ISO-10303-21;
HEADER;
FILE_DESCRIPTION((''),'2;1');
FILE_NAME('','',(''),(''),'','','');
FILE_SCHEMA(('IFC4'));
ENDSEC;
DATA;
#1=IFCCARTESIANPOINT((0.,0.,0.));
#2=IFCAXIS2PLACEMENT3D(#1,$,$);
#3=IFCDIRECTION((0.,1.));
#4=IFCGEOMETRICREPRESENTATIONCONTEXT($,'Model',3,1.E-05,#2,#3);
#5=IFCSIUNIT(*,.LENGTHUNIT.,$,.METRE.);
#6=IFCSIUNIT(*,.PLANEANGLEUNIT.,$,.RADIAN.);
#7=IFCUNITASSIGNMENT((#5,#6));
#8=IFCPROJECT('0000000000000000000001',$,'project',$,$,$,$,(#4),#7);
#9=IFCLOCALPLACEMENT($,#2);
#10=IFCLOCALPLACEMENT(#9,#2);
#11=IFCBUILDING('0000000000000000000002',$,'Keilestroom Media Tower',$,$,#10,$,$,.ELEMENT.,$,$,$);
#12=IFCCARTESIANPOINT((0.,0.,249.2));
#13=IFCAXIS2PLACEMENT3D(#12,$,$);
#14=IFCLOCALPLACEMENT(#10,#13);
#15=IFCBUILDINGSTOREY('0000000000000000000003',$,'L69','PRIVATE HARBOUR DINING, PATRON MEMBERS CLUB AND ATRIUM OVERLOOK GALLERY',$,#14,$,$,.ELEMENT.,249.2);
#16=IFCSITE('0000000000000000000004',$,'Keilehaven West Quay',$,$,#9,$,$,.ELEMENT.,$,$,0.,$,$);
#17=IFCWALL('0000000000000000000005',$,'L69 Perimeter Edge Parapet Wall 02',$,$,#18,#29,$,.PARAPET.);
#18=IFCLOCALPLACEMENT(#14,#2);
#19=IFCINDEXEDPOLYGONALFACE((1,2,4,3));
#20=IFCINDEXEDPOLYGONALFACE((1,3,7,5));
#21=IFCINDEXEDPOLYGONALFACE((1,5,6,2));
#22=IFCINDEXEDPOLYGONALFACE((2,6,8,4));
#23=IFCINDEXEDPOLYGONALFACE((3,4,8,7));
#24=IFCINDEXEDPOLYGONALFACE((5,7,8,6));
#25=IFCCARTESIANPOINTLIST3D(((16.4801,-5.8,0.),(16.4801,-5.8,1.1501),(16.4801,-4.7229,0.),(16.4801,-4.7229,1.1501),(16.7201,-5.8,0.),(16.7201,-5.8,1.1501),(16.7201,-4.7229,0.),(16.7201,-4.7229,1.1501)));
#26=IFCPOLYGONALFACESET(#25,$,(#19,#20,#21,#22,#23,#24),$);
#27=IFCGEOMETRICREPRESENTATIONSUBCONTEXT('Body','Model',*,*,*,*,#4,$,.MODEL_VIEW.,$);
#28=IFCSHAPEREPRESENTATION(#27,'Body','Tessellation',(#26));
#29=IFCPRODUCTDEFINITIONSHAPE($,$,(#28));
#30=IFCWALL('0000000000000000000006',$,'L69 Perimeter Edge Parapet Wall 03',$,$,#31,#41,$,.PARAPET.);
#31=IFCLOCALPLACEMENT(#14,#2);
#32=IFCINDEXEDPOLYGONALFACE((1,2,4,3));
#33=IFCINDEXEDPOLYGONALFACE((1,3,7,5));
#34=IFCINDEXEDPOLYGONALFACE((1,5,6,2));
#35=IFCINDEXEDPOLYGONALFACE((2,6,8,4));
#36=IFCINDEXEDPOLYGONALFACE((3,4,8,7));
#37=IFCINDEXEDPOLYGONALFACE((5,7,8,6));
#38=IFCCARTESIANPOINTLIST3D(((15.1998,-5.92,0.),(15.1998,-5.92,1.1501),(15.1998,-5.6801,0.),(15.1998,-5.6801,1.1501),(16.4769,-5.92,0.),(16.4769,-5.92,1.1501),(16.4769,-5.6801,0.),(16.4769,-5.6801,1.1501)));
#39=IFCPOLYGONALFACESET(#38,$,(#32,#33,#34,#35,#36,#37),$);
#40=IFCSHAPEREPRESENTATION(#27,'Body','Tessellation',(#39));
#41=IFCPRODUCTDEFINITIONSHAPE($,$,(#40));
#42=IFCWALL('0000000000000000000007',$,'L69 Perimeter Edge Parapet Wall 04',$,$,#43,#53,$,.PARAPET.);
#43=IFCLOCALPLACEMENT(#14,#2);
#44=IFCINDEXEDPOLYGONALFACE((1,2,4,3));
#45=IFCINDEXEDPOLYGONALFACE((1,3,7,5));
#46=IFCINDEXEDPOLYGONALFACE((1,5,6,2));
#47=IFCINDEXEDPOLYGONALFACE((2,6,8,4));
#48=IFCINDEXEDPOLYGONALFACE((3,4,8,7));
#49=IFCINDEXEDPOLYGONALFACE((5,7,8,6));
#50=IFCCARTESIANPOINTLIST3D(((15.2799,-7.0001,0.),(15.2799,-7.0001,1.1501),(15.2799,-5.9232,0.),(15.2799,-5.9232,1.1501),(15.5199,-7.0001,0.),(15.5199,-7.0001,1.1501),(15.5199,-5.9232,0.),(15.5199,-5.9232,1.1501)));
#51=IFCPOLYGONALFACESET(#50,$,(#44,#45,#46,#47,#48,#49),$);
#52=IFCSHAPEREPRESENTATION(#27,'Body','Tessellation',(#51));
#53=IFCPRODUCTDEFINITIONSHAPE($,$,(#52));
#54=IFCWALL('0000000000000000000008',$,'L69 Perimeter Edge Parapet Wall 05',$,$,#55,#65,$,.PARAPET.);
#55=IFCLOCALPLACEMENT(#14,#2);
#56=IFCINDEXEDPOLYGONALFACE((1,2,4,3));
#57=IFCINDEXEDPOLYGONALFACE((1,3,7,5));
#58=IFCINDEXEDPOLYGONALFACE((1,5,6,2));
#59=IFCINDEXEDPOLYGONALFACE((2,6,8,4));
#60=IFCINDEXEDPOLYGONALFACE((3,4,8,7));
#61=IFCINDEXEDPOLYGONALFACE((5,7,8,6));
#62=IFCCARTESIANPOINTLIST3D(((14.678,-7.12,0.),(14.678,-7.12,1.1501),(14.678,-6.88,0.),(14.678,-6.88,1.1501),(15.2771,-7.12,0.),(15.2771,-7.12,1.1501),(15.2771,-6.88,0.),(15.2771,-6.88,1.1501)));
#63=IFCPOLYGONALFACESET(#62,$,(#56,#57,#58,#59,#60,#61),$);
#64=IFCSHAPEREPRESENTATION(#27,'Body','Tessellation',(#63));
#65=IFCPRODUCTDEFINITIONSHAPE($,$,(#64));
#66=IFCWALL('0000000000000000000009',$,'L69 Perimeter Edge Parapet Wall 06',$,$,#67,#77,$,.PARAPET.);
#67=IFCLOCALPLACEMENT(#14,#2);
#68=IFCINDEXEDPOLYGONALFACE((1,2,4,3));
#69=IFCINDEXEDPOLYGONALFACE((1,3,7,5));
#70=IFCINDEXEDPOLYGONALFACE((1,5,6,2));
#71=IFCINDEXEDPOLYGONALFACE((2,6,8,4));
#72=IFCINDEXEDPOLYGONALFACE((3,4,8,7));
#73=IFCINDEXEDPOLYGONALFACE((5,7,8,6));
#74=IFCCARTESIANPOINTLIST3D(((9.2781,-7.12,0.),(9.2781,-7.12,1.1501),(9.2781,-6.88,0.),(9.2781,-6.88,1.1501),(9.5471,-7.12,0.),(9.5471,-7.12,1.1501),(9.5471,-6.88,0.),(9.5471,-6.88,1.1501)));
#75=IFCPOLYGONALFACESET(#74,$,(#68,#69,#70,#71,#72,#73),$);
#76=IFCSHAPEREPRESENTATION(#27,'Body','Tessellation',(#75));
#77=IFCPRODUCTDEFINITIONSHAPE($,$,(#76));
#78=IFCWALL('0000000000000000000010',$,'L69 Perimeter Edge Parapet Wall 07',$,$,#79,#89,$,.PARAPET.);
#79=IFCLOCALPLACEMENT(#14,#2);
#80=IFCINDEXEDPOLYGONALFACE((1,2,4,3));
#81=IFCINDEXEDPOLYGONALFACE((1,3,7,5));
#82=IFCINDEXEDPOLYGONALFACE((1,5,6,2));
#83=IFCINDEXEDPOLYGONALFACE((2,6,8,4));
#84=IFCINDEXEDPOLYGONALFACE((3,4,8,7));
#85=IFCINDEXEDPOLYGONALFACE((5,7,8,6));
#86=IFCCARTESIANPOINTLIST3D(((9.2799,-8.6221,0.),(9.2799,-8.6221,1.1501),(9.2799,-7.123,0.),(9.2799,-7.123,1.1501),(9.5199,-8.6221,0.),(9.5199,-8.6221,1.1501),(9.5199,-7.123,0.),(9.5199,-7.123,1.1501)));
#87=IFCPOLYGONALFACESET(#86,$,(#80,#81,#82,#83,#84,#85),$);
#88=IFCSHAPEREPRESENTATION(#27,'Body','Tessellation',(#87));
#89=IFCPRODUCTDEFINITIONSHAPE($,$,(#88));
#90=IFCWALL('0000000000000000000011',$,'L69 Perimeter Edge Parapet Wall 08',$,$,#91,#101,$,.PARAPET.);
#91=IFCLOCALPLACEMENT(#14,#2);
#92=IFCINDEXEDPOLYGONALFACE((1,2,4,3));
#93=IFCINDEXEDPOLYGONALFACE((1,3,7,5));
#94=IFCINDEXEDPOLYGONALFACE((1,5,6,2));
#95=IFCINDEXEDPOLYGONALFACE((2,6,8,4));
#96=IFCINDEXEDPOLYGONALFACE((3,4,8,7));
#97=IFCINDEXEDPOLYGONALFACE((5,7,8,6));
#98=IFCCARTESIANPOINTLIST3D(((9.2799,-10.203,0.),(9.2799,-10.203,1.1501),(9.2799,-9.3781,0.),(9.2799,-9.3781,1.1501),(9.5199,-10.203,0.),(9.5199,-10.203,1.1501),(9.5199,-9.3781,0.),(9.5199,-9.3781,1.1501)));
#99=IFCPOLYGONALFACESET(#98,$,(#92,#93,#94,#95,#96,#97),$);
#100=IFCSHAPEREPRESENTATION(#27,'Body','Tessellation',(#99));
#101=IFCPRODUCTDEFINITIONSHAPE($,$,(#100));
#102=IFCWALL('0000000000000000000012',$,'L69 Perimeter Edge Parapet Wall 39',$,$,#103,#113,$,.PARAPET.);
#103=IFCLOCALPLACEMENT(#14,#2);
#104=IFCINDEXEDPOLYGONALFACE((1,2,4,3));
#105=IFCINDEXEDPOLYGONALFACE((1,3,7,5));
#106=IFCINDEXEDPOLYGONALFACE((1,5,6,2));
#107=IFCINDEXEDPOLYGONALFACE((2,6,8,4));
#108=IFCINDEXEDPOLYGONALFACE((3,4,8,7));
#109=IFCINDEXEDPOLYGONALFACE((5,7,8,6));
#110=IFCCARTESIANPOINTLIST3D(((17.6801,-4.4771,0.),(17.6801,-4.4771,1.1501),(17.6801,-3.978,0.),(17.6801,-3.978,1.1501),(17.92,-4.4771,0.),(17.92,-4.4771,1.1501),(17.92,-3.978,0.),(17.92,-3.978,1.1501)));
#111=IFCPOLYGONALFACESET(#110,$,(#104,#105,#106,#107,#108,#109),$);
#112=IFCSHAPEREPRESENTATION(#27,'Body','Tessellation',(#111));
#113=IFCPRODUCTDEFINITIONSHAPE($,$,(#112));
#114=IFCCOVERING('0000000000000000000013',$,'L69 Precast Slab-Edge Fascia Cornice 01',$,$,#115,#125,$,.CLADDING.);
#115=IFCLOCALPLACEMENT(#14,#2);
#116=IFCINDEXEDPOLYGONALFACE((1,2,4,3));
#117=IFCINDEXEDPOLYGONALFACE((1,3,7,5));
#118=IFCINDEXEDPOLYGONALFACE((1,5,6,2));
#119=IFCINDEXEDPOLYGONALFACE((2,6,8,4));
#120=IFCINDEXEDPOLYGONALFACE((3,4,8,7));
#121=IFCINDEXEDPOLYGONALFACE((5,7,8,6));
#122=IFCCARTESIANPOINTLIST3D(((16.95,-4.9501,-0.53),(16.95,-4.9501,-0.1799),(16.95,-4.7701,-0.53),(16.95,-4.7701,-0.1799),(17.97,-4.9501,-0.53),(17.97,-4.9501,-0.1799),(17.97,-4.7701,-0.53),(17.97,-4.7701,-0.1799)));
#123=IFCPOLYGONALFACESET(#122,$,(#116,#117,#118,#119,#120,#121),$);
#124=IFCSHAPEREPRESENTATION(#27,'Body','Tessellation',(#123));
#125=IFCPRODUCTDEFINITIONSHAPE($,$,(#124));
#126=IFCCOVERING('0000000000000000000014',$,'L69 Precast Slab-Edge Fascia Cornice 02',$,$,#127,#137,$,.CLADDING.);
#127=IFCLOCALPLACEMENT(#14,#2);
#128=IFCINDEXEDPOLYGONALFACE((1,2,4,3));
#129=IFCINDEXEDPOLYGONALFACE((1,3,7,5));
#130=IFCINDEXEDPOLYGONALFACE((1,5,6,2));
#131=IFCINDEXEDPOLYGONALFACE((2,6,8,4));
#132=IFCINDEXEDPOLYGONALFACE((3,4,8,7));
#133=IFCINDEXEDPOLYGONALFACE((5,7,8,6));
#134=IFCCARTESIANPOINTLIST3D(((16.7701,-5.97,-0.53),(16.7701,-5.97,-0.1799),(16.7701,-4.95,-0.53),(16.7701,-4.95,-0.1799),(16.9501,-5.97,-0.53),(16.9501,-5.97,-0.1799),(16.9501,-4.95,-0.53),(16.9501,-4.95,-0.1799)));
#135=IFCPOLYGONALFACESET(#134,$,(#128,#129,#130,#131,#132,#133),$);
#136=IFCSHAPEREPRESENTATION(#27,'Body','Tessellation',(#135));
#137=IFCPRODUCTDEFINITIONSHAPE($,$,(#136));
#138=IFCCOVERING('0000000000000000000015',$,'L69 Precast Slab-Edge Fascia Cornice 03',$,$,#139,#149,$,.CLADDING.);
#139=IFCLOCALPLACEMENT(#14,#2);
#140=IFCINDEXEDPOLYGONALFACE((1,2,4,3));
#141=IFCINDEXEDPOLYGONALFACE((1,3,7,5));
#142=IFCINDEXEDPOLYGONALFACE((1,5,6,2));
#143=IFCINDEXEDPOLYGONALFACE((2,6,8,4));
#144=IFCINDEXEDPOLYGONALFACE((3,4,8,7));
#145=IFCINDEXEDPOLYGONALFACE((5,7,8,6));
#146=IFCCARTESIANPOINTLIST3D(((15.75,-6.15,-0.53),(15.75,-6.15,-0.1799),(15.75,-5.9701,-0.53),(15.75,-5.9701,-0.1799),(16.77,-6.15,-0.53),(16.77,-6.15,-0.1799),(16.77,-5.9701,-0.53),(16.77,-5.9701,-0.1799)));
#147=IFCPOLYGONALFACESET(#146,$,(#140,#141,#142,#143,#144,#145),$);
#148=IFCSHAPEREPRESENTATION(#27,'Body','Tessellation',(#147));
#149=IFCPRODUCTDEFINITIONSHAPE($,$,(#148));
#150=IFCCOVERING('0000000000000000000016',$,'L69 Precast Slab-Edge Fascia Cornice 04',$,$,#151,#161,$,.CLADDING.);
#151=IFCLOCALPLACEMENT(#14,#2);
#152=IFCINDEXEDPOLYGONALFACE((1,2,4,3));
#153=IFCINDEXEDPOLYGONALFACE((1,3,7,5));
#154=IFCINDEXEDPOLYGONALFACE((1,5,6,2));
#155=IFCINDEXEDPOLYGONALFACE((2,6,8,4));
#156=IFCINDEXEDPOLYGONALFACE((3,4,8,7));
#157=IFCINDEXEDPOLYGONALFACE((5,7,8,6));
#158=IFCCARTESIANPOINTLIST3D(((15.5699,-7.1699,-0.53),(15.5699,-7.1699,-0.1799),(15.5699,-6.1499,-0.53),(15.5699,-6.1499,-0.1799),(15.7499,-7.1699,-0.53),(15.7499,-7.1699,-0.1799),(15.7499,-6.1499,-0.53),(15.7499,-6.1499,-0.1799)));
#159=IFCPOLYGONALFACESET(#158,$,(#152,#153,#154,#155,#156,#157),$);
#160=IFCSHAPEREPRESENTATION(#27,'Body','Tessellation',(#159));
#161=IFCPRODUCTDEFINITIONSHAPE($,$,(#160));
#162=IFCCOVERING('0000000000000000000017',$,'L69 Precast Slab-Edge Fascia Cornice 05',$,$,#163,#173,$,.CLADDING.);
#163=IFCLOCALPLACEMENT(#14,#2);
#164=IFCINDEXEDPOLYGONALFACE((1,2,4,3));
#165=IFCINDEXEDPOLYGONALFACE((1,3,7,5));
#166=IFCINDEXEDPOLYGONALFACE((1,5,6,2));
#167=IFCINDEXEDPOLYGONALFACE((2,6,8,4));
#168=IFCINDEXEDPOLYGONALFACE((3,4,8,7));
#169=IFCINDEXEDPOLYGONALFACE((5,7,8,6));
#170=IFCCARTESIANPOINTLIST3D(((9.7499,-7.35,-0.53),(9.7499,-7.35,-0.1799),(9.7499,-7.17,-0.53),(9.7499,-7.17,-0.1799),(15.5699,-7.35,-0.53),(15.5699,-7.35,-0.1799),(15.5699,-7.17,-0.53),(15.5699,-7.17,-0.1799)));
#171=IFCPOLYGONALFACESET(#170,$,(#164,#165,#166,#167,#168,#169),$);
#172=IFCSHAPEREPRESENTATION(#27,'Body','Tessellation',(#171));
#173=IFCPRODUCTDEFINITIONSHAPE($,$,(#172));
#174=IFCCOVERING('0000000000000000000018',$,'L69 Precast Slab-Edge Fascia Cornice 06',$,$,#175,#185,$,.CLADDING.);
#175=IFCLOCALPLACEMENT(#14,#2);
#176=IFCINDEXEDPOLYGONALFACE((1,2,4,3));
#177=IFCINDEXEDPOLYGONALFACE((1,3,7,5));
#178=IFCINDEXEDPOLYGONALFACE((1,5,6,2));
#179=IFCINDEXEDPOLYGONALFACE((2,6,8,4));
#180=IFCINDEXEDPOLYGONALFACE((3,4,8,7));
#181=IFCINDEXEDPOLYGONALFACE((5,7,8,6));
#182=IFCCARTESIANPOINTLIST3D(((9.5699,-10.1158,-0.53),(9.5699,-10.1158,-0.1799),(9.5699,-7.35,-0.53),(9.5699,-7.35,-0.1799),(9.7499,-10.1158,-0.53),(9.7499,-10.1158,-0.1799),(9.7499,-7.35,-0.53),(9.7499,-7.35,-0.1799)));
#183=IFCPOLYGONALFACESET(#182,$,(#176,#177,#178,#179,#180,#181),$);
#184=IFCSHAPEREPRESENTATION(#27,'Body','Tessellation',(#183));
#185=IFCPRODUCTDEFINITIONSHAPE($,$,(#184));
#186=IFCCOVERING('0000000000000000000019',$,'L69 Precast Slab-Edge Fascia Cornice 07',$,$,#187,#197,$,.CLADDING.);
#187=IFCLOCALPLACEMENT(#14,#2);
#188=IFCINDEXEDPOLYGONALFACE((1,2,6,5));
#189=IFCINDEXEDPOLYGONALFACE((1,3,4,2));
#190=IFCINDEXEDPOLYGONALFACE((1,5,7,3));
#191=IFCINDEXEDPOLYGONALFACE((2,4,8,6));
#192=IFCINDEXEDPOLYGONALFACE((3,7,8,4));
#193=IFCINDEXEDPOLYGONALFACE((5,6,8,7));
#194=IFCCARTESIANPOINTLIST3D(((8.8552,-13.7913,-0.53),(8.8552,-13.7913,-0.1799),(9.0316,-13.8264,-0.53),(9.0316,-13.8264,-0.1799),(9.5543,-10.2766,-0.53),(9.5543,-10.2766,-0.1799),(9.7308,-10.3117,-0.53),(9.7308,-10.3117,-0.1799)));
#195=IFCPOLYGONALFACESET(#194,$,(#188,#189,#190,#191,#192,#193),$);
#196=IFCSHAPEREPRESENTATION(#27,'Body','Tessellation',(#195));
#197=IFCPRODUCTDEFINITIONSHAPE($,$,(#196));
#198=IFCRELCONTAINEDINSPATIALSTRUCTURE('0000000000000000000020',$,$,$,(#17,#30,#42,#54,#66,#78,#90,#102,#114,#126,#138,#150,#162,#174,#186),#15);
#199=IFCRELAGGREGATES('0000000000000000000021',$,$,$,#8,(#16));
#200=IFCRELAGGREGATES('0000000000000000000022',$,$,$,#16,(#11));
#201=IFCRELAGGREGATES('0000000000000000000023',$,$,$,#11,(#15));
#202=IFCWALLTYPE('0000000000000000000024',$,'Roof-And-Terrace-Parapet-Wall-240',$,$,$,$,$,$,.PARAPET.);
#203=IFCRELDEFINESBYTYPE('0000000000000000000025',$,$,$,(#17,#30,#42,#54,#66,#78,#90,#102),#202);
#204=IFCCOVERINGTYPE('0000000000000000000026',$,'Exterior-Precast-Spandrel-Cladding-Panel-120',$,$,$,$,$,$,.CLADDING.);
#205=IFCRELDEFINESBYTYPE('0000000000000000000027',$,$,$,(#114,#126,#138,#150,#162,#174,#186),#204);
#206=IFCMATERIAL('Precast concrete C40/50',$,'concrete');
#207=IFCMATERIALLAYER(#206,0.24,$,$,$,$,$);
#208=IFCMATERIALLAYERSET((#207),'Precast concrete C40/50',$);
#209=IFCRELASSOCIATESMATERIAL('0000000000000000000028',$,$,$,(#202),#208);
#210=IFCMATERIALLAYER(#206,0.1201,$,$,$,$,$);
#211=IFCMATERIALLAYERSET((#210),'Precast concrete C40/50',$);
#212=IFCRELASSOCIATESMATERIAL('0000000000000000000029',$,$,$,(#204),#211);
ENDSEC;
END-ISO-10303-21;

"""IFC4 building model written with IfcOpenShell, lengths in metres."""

from ifc_helpers import new_model, si_unit, direction, frame, frame_2d, origin, origin_2d, place, context, subcontext, project, spatial, rectangle, extrude, source, transform, mapped, material, layer, layer_set, type_object, element, save


model = new_model("IFC4")

# Units and contexts
model_context = context("Model", 3, precision=1e-05, world=origin(), true_north=direction((0.0, 1.0)))
body_context = subcontext(model_context, "Body", "Model", "MODEL_VIEW")
ifc_project = project(units=[si_unit("LENGTHUNIT", "METRE"), si_unit("PLANEANGLEUNIT", "RADIAN")], contexts=[model_context])

# Site, building, storey
site_placement = place(None, origin())
site = spatial("IfcSite", under=ifc_project, at=site_placement, Name="Keilehaven West Quay", CompositionType="ELEMENT", RefElevation=0.0)
building_placement = place(site_placement, origin())
building = spatial("IfcBuilding", under=site, at=building_placement, Name="Keilestroom Media Tower", CompositionType="ELEMENT")
storey_placement = place(building_placement, frame((0.0, 0.0, 249.2)))
storey = spatial("IfcBuildingStorey", under=building, at=storey_placement, Name="L69", Description="PRIVATE HARBOUR DINING, PATRON MEMBERS CLUB AND ATRIUM OVERLOOK GALLERY", CompositionType="ELEMENT", Elevation=249.2)

# Shared definitions
ifc_material_1 = material(Name="Precast concrete C40/50", Category="concrete")

# Walls
ifc_layer_1 = layer(ifc_material_1, 0.24)
ifc_layer_set_1 = layer_set([ifc_layer_1], Name="Precast concrete C40/50")
wall_type_1 = type_object("IfcWallType", Name="Roof-And-Terrace-Parapet-Wall-240", PredefinedType="PARAPET", material=ifc_layer_set_1)
wall_1_placement = place(storey_placement, frame((16.6001, -4.7229, 0.0), z_axis=(0.0, 0.0, 1.0), x_axis=(0.0, -1.0, 0.0)))
element("IfcWall", 1, at=wall_1_placement, inside=storey, type_object=wall_type_1, Name="L69 Perimeter Edge Parapet Wall 02", PredefinedType="PARAPET", context=body_context, shape_type="SweptSolid", body=[
    extrude(rectangle(XDim=1.0771, YDim=0.24, at=frame_2d((0.5386, 0.0))), origin(), (0.0, 0.0, 1.0), 1.1501),
])
wall_2_placement = place(storey_placement, frame((16.4771, -5.8, 0.0), z_axis=(0.0, 0.0, 1.0), x_axis=(-1.0, 0.0, 0.0)))
element("IfcWall", 2, at=wall_2_placement, inside=storey, type_object=wall_type_1, Name="L69 Perimeter Edge Parapet Wall 03", PredefinedType="PARAPET", context=body_context, shape_type="SweptSolid", body=[
    extrude(rectangle(XDim=1.2771, YDim=0.24, at=frame_2d((0.6387, 0.0))), origin(), (0.0, 0.0, 1.0), 1.1501),
])
wall_3_placement = place(storey_placement, frame((15.3999, -5.9231, 0.0), z_axis=(0.0, 0.0, 1.0), x_axis=(0.0, -1.0, 0.0)))
element("IfcWall", 3, at=wall_3_placement, inside=storey, type_object=wall_type_1, Name="L69 Perimeter Edge Parapet Wall 04", PredefinedType="PARAPET", context=body_context, shape_type="SweptSolid", body=[
    extrude(rectangle(XDim=1.0769, YDim=0.24, at=frame_2d((0.5386, 0.0))), origin(), (0.0, 0.0, 1.0), 1.1501),
])
wall_4_placement = place(storey_placement, frame((15.2771, -7.0, 0.0), z_axis=(0.0, 0.0, 1.0), x_axis=(-1.0, 0.0, 0.0)))
element("IfcWall", 4, at=wall_4_placement, inside=storey, type_object=wall_type_1, Name="L69 Perimeter Edge Parapet Wall 05", PredefinedType="PARAPET", context=body_context, shape_type="SweptSolid", body=[
    extrude(rectangle(XDim=0.5991, YDim=0.24, at=frame_2d((0.2996, 0.0))), origin(), (0.0, 0.0, 1.0), 1.1501),
])
wall_5_placement = place(storey_placement, frame((9.5471, -7.0, 0.0), z_axis=(0.0, 0.0, 1.0), x_axis=(-1.0, 0.0, 0.0)))
element("IfcWall", 5, at=wall_5_placement, inside=storey, type_object=wall_type_1, Name="L69 Perimeter Edge Parapet Wall 06", PredefinedType="PARAPET", context=body_context, shape_type="SweptSolid", body=[
    extrude(rectangle(XDim=0.269, YDim=0.24, at=frame_2d((0.1345, 0.0))), origin(), (0.0, 0.0, 1.0), 1.1501),
])
wall_6_placement = place(storey_placement, frame((9.3999, -7.123, 0.0), z_axis=(0.0, 0.0, 1.0), x_axis=(0.0, -1.0, 0.0)))
element("IfcWall", 6, at=wall_6_placement, inside=storey, type_object=wall_type_1, Name="L69 Perimeter Edge Parapet Wall 07", PredefinedType="PARAPET", context=body_context, shape_type="SweptSolid", body=[
    extrude(rectangle(XDim=1.499, YDim=0.24, at=frame_2d((0.7495, 0.0))), origin(), (0.0, 0.0, 1.0), 1.1501),
])
wall_7_placement = place(storey_placement, frame((9.3999, -9.3779, 0.0), z_axis=(0.0, 0.0, 1.0), x_axis=(0.0, -1.0, 0.0)))
element("IfcWall", 7, at=wall_7_placement, inside=storey, type_object=wall_type_1, Name="L69 Perimeter Edge Parapet Wall 08", PredefinedType="PARAPET", context=body_context, shape_type="SweptSolid", body=[
    extrude(rectangle(XDim=0.825, YDim=0.24, at=frame_2d((0.4126, 0.0))), origin(), (0.0, 0.0, 1.0), 1.1501),
])
wall_8_placement = place(storey_placement, frame((17.8, -3.978, 0.0), z_axis=(0.0, 0.0, 1.0), x_axis=(0.0, -1.0, 0.0)))
element("IfcWall", 8, at=wall_8_placement, inside=storey, type_object=wall_type_1, Name="L69 Perimeter Edge Parapet Wall 39", PredefinedType="PARAPET", context=body_context, shape_type="SweptSolid", body=[
    extrude(rectangle(XDim=0.499, YDim=0.24, at=frame_2d((0.2495, 0.0))), origin(), (0.0, 0.0, 1.0), 1.1501),
])

# Coverings
ifc_layer_2 = layer(ifc_material_1, 0.1201)
ifc_layer_set_2 = layer_set([ifc_layer_2], Name="Precast concrete C40/50")
covering_type = type_object("IfcCoveringType", Name="Exterior-Precast-Spandrel-Cladding-Panel-120", PredefinedType="CLADDING", material=ifc_layer_set_2)
shared_shape_1 = source(origin(), body_context, "Body", "SweptSolid", [
    extrude(rectangle(XDim=1.02, YDim=0.1799, at=origin_2d()), origin(), (0.0, 0.0, 1.0), 0.3501),
])
for number, where, z_axis, x_axis, name in (
    (9, (17.46, -4.8601, -0.53), (0.0, 0.0, 1.0), (-1.0, 0.0, 0.0), "L69 Precast Slab-Edge Fascia Cornice 01"),
    (10, (16.8601, -5.46, -0.53), (0.0, 0.0, 1.0), (0.0, -1.0, 0.0), "L69 Precast Slab-Edge Fascia Cornice 02"),
    (11, (16.26, -6.0601, -0.53), (0.0, 0.0, 1.0), (-1.0, 0.0, 0.0), "L69 Precast Slab-Edge Fascia Cornice 03"),
    (12, (15.6599, -6.6599, -0.53), (0.0, 0.0, 1.0), (0.0, -1.0, 0.0), "L69 Precast Slab-Edge Fascia Cornice 04"),
):
    element("IfcCovering", number, at=place(storey_placement, frame(where, z_axis=z_axis, x_axis=x_axis)), inside=storey, type_object=covering_type, Name=name, PredefinedType="CLADDING", context=body_context, shape_type="MappedRepresentation", body=[
        mapped(shared_shape_1, transform((0.0, 0.0, 0.0), x_axis=(1.0, 0.0, 0.0), y_axis=(0.0, 1.0, 0.0), z_axis=(0.0, 0.0, 1.0), scale=1.0)),
    ])
shared_shape_2 = source(origin(), body_context, "Body", "SweptSolid", [
    extrude(rectangle(XDim=5.8201, YDim=0.1799, at=origin_2d()), origin(), (0.0, 0.0, 1.0), 0.3501),
])
covering_1_placement = place(storey_placement, frame((12.6599, -7.26, -0.53), z_axis=(0.0, 0.0, 1.0), x_axis=(-1.0, 0.0, 0.0)))
element("IfcCovering", 13, at=covering_1_placement, inside=storey, type_object=covering_type, Name="L69 Precast Slab-Edge Fascia Cornice 05", PredefinedType="CLADDING", context=body_context, shape_type="MappedRepresentation", body=[
    mapped(shared_shape_2, transform((0.0, 0.0, 0.0), x_axis=(1.0, 0.0, 0.0), y_axis=(0.0, 1.0, 0.0), z_axis=(0.0, 0.0, 1.0), scale=1.0)),
])
shared_shape_3 = source(origin(), body_context, "Body", "SweptSolid", [
    extrude(rectangle(XDim=2.7659, YDim=0.1799, at=origin_2d()), origin(), (0.0, 0.0, 1.0), 0.3501),
])
covering_2_placement = place(storey_placement, frame((9.6599, -8.7329, -0.53), z_axis=(0.0, 0.0, 1.0), x_axis=(0.0, -1.0, 0.0)))
element("IfcCovering", 14, at=covering_2_placement, inside=storey, type_object=covering_type, Name="L69 Precast Slab-Edge Fascia Cornice 06", PredefinedType="CLADDING", context=body_context, shape_type="MappedRepresentation", body=[
    mapped(shared_shape_3, transform((0.0, 0.0, 0.0), x_axis=(1.0, 0.0, 0.0), y_axis=(0.0, 1.0, 0.0), z_axis=(0.0, 0.0, 1.0), scale=1.0)),
])
shared_shape_4 = source(origin(), body_context, "Body", "SweptSolid", [
    extrude(rectangle(XDim=3.5835, YDim=0.1799, at=origin_2d()), origin(), (0.0, 0.0, 1.0), 0.3501),
])
covering_3_placement = place(storey_placement, frame((9.293, -12.0515, -0.53), z_axis=(0.0, 0.0, 1.0), x_axis=(-0.195099, -0.980784, 0.0)))
element("IfcCovering", 15, at=covering_3_placement, inside=storey, type_object=covering_type, Name="L69 Precast Slab-Edge Fascia Cornice 07", PredefinedType="CLADDING", context=body_context, shape_type="MappedRepresentation", body=[
    mapped(shared_shape_4, transform((0.0, 0.0, 0.0), x_axis=(1.0, 0.0, 0.0), y_axis=(0.0, 1.0, 0.0), z_axis=(0.0, 0.0, 1.0), scale=1.0)),
])

save(model, "model.ifc")
